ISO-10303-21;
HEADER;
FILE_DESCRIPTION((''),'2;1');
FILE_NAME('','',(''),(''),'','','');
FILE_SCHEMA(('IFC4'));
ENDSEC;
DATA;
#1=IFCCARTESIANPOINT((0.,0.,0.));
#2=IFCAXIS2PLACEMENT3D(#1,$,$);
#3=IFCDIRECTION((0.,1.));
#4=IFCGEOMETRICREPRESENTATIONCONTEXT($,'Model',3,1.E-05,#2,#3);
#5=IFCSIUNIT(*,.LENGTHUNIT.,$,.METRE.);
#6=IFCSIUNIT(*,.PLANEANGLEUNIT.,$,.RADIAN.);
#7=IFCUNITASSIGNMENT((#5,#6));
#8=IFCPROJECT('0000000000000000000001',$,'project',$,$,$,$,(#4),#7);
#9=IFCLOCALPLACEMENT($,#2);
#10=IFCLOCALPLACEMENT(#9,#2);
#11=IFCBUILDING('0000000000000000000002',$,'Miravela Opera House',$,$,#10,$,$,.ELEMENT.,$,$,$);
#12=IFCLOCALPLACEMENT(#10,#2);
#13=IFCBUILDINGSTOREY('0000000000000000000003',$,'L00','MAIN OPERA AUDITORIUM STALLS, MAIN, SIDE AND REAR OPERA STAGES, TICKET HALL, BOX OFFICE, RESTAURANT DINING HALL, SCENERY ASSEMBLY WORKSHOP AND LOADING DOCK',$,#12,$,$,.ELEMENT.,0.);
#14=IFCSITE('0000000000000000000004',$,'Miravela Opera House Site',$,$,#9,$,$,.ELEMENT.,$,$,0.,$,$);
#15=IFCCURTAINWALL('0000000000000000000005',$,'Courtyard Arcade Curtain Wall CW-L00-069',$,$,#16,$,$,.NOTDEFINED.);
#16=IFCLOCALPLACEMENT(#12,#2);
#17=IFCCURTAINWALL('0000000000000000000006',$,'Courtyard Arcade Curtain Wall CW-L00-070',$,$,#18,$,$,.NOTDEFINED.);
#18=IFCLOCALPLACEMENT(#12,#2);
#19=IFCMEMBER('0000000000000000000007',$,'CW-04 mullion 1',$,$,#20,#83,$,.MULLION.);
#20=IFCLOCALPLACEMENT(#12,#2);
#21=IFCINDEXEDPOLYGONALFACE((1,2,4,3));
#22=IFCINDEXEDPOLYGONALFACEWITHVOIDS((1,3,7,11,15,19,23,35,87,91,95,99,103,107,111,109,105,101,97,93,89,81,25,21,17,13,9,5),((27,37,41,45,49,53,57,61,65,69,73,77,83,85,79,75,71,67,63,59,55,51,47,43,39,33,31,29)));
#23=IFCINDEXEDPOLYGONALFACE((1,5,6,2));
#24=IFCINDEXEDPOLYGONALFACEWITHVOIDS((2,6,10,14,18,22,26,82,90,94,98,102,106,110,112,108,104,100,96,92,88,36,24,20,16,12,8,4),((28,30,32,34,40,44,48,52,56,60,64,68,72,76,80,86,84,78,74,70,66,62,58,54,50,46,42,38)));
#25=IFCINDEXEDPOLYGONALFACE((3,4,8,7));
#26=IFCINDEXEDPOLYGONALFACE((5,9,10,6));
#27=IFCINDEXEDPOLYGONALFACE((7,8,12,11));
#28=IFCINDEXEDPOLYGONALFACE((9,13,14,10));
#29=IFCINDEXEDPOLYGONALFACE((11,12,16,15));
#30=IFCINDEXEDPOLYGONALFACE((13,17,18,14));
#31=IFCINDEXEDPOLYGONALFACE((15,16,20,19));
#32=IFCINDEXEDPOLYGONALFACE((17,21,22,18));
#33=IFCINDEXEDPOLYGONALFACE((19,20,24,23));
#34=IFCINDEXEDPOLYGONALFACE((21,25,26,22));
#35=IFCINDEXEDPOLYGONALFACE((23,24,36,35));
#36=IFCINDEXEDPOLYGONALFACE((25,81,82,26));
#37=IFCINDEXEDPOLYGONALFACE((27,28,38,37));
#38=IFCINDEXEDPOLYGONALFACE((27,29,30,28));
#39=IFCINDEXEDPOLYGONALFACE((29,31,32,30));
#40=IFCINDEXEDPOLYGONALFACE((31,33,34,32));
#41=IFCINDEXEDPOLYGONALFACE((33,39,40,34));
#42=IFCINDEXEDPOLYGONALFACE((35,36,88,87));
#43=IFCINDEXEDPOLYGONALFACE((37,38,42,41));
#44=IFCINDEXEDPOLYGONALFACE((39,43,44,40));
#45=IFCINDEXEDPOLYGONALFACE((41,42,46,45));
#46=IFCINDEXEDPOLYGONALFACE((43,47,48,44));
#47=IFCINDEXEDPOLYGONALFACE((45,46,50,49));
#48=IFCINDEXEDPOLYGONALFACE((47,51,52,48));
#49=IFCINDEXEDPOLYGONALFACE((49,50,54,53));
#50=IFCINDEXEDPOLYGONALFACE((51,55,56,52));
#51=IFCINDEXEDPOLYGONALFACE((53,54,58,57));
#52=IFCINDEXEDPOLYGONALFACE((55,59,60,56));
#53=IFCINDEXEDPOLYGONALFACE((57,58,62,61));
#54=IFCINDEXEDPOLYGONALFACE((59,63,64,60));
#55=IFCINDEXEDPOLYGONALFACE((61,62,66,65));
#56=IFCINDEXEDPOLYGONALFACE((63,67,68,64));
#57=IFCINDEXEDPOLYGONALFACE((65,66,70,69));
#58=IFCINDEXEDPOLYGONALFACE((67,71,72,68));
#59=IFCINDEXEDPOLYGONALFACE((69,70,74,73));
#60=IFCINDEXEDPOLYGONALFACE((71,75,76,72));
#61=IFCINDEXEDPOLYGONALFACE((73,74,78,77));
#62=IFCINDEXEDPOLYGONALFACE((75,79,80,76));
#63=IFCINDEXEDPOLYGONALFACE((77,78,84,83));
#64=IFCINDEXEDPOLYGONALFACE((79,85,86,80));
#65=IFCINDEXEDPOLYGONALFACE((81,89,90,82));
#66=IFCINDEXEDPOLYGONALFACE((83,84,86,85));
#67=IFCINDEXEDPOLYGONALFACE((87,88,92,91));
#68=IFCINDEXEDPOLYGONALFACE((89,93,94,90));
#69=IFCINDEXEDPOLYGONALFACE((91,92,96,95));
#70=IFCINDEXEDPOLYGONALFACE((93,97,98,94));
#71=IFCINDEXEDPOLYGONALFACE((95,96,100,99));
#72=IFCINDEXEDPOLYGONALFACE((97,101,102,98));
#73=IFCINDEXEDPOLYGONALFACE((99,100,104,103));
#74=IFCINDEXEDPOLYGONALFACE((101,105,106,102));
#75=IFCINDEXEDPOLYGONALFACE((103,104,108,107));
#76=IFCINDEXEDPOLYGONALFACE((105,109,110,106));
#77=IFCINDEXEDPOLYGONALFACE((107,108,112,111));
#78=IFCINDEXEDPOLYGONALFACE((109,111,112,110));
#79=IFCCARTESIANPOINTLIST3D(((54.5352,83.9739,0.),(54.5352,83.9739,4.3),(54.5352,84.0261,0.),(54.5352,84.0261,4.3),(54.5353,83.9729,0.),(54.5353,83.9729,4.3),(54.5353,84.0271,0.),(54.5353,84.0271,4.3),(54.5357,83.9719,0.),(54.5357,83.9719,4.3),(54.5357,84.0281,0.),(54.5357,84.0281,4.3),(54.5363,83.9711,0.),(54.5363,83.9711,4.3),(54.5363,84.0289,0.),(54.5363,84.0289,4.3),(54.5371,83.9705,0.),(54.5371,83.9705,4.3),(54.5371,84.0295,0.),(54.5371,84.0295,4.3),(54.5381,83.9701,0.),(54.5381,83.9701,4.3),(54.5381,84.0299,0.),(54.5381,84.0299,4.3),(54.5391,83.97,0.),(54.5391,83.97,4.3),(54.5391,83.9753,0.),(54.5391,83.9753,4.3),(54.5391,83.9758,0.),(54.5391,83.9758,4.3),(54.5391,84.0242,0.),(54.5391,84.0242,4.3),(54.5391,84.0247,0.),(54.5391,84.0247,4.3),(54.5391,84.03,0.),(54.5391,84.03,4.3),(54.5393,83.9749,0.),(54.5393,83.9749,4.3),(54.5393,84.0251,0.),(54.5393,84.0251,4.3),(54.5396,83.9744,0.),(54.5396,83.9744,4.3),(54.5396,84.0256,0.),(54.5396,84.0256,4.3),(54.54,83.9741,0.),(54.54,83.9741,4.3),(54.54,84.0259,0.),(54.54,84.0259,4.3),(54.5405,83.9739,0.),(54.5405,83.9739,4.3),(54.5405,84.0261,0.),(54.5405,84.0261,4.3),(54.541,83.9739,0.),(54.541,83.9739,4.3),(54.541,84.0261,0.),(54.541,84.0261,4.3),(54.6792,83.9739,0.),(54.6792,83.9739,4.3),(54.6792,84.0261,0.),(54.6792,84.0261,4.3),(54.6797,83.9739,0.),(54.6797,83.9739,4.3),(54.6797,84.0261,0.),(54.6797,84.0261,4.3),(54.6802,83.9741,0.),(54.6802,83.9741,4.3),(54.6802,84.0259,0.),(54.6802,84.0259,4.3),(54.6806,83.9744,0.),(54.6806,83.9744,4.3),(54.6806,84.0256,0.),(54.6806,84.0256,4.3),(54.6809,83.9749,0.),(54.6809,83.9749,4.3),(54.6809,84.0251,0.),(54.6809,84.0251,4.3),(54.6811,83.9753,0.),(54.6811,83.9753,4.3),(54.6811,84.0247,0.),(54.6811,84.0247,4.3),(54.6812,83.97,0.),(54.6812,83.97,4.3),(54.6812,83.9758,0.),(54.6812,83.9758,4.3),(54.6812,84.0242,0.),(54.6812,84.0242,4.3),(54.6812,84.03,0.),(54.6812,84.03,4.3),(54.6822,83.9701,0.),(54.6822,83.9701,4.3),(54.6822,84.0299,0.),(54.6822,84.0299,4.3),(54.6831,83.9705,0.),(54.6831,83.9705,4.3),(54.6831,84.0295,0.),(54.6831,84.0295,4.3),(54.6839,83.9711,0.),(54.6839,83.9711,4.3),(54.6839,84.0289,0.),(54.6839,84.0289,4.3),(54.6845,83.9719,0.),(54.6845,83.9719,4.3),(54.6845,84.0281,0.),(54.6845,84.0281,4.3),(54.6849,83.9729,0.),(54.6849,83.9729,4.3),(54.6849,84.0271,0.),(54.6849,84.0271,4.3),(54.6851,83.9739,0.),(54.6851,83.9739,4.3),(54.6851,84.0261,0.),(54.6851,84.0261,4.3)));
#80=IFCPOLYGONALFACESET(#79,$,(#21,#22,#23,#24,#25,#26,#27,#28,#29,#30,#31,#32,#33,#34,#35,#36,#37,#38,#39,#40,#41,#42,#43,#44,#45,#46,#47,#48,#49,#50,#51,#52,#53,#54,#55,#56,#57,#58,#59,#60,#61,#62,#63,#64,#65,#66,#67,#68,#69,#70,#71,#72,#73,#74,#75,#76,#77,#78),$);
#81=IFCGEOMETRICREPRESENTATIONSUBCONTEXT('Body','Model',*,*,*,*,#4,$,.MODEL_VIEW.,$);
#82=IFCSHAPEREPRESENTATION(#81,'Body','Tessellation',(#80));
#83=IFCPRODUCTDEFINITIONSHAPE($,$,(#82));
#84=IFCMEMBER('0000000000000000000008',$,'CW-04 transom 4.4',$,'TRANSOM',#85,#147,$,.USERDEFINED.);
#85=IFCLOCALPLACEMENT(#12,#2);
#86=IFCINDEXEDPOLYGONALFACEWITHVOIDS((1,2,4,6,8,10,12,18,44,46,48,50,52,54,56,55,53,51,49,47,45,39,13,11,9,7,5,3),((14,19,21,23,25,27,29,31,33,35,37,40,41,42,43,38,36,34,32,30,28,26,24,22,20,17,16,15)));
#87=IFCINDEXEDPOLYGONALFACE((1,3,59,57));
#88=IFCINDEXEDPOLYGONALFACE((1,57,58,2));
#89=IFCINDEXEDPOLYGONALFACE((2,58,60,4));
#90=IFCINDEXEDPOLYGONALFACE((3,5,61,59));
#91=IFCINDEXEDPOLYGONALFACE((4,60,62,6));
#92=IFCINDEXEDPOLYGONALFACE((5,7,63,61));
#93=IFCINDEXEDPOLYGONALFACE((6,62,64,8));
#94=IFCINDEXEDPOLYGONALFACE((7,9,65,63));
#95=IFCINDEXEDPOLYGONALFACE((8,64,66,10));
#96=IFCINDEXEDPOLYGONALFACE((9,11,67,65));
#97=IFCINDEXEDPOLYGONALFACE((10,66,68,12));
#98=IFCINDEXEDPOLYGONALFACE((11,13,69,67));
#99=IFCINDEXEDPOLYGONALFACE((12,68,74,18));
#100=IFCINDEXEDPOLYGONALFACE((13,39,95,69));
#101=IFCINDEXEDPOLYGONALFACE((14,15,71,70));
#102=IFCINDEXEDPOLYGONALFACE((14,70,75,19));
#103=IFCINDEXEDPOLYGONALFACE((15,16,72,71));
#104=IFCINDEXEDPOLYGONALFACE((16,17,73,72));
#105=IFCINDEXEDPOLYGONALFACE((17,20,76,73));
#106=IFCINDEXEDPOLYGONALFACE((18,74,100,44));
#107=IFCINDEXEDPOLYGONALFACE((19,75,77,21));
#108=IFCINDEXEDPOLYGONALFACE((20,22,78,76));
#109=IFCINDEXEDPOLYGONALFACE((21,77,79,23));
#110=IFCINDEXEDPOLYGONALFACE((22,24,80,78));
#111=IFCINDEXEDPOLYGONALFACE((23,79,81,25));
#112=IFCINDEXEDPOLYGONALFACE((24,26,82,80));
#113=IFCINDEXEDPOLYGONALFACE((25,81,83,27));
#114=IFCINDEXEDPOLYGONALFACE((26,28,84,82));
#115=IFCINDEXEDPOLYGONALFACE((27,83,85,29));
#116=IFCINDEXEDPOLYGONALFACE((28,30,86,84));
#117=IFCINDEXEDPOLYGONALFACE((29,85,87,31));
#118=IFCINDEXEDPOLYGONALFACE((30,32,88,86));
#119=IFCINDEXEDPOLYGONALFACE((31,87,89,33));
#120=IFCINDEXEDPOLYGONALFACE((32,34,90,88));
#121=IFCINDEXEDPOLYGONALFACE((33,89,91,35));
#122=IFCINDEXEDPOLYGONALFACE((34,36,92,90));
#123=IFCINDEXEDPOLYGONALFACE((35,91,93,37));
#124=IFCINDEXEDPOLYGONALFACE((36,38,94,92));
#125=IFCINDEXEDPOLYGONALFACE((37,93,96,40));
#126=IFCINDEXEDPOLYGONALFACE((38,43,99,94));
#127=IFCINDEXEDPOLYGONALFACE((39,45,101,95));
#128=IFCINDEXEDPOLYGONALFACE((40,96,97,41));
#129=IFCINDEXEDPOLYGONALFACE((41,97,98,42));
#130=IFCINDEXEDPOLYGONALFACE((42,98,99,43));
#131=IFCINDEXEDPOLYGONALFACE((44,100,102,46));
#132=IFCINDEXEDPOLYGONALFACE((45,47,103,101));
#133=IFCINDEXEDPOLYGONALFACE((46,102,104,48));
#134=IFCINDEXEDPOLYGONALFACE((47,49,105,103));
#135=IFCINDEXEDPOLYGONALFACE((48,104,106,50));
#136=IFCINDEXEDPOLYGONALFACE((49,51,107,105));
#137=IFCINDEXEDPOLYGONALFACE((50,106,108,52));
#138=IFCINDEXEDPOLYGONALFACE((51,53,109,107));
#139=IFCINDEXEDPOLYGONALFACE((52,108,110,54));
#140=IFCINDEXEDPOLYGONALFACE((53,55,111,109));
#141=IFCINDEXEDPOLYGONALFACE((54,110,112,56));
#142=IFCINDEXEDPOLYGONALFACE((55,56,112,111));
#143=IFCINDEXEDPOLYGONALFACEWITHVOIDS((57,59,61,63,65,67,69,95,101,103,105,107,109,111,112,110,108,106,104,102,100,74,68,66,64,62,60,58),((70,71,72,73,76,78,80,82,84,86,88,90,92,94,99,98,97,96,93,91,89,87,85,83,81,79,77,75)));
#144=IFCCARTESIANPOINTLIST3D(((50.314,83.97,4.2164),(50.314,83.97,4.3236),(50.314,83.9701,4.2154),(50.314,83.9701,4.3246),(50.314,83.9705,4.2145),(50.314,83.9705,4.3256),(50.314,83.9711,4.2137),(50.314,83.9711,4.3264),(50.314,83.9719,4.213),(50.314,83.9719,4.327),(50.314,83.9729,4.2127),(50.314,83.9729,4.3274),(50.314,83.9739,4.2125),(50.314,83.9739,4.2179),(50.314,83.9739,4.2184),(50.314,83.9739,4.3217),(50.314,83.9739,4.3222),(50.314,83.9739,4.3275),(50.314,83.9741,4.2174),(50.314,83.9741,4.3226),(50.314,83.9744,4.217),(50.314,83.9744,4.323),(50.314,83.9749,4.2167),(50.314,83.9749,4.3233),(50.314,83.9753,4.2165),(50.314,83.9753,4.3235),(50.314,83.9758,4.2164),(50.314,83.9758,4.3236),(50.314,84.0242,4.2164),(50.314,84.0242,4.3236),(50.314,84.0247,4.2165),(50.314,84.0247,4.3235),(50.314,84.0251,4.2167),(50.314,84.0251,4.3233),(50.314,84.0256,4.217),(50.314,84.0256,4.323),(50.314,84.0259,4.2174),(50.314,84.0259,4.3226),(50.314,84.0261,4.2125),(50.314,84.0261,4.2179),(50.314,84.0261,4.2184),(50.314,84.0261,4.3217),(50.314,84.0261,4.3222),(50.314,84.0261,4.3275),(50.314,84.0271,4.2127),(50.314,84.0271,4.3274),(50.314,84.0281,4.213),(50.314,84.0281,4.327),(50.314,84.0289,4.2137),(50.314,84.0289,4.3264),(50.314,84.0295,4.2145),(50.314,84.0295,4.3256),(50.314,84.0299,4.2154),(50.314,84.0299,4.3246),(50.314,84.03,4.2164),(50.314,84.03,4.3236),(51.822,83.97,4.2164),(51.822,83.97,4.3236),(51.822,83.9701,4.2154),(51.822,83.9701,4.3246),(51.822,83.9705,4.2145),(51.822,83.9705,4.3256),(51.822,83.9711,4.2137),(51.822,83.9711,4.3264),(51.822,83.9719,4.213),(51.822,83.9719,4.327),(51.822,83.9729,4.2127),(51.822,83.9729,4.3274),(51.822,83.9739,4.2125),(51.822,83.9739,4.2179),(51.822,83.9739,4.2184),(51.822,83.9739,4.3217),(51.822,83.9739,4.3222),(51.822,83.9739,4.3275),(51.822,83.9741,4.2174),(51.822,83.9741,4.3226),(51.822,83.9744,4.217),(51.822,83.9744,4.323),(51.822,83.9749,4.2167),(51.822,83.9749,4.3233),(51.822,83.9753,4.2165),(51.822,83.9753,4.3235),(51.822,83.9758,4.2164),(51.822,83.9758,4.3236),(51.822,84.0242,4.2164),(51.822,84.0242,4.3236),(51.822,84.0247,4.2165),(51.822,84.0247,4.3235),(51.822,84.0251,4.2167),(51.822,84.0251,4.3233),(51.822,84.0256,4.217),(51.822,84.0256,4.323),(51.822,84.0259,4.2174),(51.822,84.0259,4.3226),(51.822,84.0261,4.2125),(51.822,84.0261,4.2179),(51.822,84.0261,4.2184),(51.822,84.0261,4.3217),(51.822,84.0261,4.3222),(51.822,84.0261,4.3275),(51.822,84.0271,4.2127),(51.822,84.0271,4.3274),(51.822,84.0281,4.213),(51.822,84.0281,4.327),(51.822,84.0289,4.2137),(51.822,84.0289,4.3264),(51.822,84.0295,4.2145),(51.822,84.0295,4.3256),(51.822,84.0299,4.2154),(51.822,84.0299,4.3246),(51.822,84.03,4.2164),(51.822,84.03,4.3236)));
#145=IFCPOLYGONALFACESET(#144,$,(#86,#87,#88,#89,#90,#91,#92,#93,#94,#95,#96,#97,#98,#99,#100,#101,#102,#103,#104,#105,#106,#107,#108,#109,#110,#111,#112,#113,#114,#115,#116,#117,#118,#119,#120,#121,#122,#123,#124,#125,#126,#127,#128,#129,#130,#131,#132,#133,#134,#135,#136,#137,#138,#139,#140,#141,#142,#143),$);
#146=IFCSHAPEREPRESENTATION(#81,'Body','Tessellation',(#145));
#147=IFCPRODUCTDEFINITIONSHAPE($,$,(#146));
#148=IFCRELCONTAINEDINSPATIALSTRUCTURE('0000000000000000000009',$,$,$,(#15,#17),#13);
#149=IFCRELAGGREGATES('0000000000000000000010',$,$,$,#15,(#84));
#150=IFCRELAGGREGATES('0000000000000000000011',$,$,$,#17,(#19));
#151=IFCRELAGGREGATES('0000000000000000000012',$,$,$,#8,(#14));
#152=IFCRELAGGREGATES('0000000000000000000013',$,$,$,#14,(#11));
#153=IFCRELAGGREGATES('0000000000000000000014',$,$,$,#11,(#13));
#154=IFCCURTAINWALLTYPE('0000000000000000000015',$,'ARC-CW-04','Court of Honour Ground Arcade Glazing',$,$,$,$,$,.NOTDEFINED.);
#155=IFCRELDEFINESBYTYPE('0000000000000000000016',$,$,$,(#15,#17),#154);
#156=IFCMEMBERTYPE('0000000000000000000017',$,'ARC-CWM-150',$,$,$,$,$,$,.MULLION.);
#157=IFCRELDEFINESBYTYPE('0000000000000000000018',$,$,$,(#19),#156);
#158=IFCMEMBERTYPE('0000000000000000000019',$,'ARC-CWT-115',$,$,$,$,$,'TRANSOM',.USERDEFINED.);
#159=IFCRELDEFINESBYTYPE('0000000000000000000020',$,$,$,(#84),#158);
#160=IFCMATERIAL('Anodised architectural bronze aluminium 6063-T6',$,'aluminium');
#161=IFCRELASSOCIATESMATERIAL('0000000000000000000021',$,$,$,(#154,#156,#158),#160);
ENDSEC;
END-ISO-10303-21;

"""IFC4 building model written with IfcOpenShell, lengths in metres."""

from ifc_helpers import new_model, si_unit, direction, frame, origin, origin_2d, place, context, subcontext, project, spatial, hollow_rectangle, extrude, material, material_profile, profile_set, type_object, element, aggregate, save


model = new_model("IFC4")

# Units and contexts
model_context = context("Model", 3, precision=1e-05, world=origin(), true_north=direction((0.0, 1.0)))
body_context = subcontext(model_context, "Body", "Model", "MODEL_VIEW")
ifc_project = project(units=[si_unit("LENGTHUNIT", "METRE"), si_unit("PLANEANGLEUNIT", "RADIAN")], contexts=[model_context])

# Site, building, storey
site_placement = place(None, origin())
site = spatial("IfcSite", under=ifc_project, at=site_placement, Name="Miravela Opera House Site", CompositionType="ELEMENT", RefElevation=0.0)
building_placement = place(site_placement, origin())
building = spatial("IfcBuilding", under=site, at=building_placement, Name="Miravela Opera House", CompositionType="ELEMENT")
storey_placement = place(building_placement, origin())
storey = spatial("IfcBuildingStorey", under=building, at=storey_placement, Name="L00", Description="MAIN OPERA AUDITORIUM STALLS, MAIN, SIDE AND REAR OPERA STAGES, TICKET HALL, BOX OFFICE, RESTAURANT DINING HALL, SCENERY ASSEMBLY WORKSHOP AND LOADING DOCK", CompositionType="ELEMENT", Elevation=0.0)

# Curtain wall
ifc_material_1 = material(Name="Anodised architectural bronze aluminium 6063-T6", Category="aluminium")
curtain_wall_type = type_object("IfcCurtainWallType", Name="ARC-CW-04", Description="Court of Honour Ground Arcade Glazing", PredefinedType="NOTDEFINED", material=ifc_material_1)
curtain_wall_1_placement = place(storey_placement, origin())
curtain_wall_1 = element("IfcCurtainWall", 1, at=curtain_wall_1_placement, inside=storey, type_object=curtain_wall_type, Name="Courtyard Arcade Curtain Wall CW-L00-069", PredefinedType="NOTDEFINED")
ifc_material_profile_1 = material_profile(ifc_material_1, hollow_rectangle(XDim=0.0601, YDim=0.1499, WallThickness=0.0039, InnerFilletRadius=0.002, OuterFilletRadius=0.0039, at=origin_2d()), Name="CWM-60X150")
ifc_profile_set_1 = profile_set([ifc_material_profile_1])
member_type_1 = type_object("IfcMemberType", Name="ARC-CWM-150", PredefinedType="MULLION", material=ifc_profile_set_1)

# Curtain wall, member
curtain_wall_2_placement = place(storey_placement, origin())
curtain_wall_2 = element("IfcCurtainWall", 2, at=curtain_wall_2_placement, inside=storey, type_object=curtain_wall_type, Name="Courtyard Arcade Curtain Wall CW-L00-070", PredefinedType="NOTDEFINED")
member_1_placement = place(storey_placement, frame((54.6101, 84.0, 0.0), z_axis=(0.0, 0.0, 1.0), x_axis=(0.0, 1.0, 0.0)))
member_1 = element("IfcMember", 3, at=member_1_placement, type_object=member_type_1, Name="CW-04 mullion 1", PredefinedType="MULLION", context=body_context, shape_type="SweptSolid", body=[
    extrude(hollow_rectangle(XDim=0.0601, YDim=0.1499, WallThickness=0.0039, InnerFilletRadius=0.002, OuterFilletRadius=0.0039, at=origin_2d()), origin(), (0.0, 0.0, 1.0), 4.3),
])

# Member
ifc_material_profile_2 = material_profile(ifc_material_1, hollow_rectangle(XDim=0.0601, YDim=0.115, WallThickness=0.0039, InnerFilletRadius=0.002, OuterFilletRadius=0.0039, at=origin_2d()), Name="CWT-60X115")
ifc_profile_set_2 = profile_set([ifc_material_profile_2])
member_type_2 = type_object("IfcMemberType", Name="ARC-CWT-115", ElementType="TRANSOM", PredefinedType="USERDEFINED", material=ifc_profile_set_2)
member_2_placement = place(storey_placement, frame((50.314, 84.0, 4.27), z_axis=(1.0, 0.0, 0.0), x_axis=(0.0, 1.0, 0.0)))
member_2 = element("IfcMember", 4, at=member_2_placement, type_object=member_type_2, Name="CW-04 transom 4.4", ObjectType="TRANSOM", PredefinedType="USERDEFINED", context=body_context, shape_type="SweptSolid", body=[
    extrude(hollow_rectangle(XDim=0.0601, YDim=0.115, WallThickness=0.0039, InnerFilletRadius=0.002, OuterFilletRadius=0.0039, at=origin_2d()), origin(), (0.0, 0.0, 1.0), 1.5081),
])

aggregate(curtain_wall_1, [member_2])
aggregate(curtain_wall_2, [member_1])

save(model, "model.ifc")
